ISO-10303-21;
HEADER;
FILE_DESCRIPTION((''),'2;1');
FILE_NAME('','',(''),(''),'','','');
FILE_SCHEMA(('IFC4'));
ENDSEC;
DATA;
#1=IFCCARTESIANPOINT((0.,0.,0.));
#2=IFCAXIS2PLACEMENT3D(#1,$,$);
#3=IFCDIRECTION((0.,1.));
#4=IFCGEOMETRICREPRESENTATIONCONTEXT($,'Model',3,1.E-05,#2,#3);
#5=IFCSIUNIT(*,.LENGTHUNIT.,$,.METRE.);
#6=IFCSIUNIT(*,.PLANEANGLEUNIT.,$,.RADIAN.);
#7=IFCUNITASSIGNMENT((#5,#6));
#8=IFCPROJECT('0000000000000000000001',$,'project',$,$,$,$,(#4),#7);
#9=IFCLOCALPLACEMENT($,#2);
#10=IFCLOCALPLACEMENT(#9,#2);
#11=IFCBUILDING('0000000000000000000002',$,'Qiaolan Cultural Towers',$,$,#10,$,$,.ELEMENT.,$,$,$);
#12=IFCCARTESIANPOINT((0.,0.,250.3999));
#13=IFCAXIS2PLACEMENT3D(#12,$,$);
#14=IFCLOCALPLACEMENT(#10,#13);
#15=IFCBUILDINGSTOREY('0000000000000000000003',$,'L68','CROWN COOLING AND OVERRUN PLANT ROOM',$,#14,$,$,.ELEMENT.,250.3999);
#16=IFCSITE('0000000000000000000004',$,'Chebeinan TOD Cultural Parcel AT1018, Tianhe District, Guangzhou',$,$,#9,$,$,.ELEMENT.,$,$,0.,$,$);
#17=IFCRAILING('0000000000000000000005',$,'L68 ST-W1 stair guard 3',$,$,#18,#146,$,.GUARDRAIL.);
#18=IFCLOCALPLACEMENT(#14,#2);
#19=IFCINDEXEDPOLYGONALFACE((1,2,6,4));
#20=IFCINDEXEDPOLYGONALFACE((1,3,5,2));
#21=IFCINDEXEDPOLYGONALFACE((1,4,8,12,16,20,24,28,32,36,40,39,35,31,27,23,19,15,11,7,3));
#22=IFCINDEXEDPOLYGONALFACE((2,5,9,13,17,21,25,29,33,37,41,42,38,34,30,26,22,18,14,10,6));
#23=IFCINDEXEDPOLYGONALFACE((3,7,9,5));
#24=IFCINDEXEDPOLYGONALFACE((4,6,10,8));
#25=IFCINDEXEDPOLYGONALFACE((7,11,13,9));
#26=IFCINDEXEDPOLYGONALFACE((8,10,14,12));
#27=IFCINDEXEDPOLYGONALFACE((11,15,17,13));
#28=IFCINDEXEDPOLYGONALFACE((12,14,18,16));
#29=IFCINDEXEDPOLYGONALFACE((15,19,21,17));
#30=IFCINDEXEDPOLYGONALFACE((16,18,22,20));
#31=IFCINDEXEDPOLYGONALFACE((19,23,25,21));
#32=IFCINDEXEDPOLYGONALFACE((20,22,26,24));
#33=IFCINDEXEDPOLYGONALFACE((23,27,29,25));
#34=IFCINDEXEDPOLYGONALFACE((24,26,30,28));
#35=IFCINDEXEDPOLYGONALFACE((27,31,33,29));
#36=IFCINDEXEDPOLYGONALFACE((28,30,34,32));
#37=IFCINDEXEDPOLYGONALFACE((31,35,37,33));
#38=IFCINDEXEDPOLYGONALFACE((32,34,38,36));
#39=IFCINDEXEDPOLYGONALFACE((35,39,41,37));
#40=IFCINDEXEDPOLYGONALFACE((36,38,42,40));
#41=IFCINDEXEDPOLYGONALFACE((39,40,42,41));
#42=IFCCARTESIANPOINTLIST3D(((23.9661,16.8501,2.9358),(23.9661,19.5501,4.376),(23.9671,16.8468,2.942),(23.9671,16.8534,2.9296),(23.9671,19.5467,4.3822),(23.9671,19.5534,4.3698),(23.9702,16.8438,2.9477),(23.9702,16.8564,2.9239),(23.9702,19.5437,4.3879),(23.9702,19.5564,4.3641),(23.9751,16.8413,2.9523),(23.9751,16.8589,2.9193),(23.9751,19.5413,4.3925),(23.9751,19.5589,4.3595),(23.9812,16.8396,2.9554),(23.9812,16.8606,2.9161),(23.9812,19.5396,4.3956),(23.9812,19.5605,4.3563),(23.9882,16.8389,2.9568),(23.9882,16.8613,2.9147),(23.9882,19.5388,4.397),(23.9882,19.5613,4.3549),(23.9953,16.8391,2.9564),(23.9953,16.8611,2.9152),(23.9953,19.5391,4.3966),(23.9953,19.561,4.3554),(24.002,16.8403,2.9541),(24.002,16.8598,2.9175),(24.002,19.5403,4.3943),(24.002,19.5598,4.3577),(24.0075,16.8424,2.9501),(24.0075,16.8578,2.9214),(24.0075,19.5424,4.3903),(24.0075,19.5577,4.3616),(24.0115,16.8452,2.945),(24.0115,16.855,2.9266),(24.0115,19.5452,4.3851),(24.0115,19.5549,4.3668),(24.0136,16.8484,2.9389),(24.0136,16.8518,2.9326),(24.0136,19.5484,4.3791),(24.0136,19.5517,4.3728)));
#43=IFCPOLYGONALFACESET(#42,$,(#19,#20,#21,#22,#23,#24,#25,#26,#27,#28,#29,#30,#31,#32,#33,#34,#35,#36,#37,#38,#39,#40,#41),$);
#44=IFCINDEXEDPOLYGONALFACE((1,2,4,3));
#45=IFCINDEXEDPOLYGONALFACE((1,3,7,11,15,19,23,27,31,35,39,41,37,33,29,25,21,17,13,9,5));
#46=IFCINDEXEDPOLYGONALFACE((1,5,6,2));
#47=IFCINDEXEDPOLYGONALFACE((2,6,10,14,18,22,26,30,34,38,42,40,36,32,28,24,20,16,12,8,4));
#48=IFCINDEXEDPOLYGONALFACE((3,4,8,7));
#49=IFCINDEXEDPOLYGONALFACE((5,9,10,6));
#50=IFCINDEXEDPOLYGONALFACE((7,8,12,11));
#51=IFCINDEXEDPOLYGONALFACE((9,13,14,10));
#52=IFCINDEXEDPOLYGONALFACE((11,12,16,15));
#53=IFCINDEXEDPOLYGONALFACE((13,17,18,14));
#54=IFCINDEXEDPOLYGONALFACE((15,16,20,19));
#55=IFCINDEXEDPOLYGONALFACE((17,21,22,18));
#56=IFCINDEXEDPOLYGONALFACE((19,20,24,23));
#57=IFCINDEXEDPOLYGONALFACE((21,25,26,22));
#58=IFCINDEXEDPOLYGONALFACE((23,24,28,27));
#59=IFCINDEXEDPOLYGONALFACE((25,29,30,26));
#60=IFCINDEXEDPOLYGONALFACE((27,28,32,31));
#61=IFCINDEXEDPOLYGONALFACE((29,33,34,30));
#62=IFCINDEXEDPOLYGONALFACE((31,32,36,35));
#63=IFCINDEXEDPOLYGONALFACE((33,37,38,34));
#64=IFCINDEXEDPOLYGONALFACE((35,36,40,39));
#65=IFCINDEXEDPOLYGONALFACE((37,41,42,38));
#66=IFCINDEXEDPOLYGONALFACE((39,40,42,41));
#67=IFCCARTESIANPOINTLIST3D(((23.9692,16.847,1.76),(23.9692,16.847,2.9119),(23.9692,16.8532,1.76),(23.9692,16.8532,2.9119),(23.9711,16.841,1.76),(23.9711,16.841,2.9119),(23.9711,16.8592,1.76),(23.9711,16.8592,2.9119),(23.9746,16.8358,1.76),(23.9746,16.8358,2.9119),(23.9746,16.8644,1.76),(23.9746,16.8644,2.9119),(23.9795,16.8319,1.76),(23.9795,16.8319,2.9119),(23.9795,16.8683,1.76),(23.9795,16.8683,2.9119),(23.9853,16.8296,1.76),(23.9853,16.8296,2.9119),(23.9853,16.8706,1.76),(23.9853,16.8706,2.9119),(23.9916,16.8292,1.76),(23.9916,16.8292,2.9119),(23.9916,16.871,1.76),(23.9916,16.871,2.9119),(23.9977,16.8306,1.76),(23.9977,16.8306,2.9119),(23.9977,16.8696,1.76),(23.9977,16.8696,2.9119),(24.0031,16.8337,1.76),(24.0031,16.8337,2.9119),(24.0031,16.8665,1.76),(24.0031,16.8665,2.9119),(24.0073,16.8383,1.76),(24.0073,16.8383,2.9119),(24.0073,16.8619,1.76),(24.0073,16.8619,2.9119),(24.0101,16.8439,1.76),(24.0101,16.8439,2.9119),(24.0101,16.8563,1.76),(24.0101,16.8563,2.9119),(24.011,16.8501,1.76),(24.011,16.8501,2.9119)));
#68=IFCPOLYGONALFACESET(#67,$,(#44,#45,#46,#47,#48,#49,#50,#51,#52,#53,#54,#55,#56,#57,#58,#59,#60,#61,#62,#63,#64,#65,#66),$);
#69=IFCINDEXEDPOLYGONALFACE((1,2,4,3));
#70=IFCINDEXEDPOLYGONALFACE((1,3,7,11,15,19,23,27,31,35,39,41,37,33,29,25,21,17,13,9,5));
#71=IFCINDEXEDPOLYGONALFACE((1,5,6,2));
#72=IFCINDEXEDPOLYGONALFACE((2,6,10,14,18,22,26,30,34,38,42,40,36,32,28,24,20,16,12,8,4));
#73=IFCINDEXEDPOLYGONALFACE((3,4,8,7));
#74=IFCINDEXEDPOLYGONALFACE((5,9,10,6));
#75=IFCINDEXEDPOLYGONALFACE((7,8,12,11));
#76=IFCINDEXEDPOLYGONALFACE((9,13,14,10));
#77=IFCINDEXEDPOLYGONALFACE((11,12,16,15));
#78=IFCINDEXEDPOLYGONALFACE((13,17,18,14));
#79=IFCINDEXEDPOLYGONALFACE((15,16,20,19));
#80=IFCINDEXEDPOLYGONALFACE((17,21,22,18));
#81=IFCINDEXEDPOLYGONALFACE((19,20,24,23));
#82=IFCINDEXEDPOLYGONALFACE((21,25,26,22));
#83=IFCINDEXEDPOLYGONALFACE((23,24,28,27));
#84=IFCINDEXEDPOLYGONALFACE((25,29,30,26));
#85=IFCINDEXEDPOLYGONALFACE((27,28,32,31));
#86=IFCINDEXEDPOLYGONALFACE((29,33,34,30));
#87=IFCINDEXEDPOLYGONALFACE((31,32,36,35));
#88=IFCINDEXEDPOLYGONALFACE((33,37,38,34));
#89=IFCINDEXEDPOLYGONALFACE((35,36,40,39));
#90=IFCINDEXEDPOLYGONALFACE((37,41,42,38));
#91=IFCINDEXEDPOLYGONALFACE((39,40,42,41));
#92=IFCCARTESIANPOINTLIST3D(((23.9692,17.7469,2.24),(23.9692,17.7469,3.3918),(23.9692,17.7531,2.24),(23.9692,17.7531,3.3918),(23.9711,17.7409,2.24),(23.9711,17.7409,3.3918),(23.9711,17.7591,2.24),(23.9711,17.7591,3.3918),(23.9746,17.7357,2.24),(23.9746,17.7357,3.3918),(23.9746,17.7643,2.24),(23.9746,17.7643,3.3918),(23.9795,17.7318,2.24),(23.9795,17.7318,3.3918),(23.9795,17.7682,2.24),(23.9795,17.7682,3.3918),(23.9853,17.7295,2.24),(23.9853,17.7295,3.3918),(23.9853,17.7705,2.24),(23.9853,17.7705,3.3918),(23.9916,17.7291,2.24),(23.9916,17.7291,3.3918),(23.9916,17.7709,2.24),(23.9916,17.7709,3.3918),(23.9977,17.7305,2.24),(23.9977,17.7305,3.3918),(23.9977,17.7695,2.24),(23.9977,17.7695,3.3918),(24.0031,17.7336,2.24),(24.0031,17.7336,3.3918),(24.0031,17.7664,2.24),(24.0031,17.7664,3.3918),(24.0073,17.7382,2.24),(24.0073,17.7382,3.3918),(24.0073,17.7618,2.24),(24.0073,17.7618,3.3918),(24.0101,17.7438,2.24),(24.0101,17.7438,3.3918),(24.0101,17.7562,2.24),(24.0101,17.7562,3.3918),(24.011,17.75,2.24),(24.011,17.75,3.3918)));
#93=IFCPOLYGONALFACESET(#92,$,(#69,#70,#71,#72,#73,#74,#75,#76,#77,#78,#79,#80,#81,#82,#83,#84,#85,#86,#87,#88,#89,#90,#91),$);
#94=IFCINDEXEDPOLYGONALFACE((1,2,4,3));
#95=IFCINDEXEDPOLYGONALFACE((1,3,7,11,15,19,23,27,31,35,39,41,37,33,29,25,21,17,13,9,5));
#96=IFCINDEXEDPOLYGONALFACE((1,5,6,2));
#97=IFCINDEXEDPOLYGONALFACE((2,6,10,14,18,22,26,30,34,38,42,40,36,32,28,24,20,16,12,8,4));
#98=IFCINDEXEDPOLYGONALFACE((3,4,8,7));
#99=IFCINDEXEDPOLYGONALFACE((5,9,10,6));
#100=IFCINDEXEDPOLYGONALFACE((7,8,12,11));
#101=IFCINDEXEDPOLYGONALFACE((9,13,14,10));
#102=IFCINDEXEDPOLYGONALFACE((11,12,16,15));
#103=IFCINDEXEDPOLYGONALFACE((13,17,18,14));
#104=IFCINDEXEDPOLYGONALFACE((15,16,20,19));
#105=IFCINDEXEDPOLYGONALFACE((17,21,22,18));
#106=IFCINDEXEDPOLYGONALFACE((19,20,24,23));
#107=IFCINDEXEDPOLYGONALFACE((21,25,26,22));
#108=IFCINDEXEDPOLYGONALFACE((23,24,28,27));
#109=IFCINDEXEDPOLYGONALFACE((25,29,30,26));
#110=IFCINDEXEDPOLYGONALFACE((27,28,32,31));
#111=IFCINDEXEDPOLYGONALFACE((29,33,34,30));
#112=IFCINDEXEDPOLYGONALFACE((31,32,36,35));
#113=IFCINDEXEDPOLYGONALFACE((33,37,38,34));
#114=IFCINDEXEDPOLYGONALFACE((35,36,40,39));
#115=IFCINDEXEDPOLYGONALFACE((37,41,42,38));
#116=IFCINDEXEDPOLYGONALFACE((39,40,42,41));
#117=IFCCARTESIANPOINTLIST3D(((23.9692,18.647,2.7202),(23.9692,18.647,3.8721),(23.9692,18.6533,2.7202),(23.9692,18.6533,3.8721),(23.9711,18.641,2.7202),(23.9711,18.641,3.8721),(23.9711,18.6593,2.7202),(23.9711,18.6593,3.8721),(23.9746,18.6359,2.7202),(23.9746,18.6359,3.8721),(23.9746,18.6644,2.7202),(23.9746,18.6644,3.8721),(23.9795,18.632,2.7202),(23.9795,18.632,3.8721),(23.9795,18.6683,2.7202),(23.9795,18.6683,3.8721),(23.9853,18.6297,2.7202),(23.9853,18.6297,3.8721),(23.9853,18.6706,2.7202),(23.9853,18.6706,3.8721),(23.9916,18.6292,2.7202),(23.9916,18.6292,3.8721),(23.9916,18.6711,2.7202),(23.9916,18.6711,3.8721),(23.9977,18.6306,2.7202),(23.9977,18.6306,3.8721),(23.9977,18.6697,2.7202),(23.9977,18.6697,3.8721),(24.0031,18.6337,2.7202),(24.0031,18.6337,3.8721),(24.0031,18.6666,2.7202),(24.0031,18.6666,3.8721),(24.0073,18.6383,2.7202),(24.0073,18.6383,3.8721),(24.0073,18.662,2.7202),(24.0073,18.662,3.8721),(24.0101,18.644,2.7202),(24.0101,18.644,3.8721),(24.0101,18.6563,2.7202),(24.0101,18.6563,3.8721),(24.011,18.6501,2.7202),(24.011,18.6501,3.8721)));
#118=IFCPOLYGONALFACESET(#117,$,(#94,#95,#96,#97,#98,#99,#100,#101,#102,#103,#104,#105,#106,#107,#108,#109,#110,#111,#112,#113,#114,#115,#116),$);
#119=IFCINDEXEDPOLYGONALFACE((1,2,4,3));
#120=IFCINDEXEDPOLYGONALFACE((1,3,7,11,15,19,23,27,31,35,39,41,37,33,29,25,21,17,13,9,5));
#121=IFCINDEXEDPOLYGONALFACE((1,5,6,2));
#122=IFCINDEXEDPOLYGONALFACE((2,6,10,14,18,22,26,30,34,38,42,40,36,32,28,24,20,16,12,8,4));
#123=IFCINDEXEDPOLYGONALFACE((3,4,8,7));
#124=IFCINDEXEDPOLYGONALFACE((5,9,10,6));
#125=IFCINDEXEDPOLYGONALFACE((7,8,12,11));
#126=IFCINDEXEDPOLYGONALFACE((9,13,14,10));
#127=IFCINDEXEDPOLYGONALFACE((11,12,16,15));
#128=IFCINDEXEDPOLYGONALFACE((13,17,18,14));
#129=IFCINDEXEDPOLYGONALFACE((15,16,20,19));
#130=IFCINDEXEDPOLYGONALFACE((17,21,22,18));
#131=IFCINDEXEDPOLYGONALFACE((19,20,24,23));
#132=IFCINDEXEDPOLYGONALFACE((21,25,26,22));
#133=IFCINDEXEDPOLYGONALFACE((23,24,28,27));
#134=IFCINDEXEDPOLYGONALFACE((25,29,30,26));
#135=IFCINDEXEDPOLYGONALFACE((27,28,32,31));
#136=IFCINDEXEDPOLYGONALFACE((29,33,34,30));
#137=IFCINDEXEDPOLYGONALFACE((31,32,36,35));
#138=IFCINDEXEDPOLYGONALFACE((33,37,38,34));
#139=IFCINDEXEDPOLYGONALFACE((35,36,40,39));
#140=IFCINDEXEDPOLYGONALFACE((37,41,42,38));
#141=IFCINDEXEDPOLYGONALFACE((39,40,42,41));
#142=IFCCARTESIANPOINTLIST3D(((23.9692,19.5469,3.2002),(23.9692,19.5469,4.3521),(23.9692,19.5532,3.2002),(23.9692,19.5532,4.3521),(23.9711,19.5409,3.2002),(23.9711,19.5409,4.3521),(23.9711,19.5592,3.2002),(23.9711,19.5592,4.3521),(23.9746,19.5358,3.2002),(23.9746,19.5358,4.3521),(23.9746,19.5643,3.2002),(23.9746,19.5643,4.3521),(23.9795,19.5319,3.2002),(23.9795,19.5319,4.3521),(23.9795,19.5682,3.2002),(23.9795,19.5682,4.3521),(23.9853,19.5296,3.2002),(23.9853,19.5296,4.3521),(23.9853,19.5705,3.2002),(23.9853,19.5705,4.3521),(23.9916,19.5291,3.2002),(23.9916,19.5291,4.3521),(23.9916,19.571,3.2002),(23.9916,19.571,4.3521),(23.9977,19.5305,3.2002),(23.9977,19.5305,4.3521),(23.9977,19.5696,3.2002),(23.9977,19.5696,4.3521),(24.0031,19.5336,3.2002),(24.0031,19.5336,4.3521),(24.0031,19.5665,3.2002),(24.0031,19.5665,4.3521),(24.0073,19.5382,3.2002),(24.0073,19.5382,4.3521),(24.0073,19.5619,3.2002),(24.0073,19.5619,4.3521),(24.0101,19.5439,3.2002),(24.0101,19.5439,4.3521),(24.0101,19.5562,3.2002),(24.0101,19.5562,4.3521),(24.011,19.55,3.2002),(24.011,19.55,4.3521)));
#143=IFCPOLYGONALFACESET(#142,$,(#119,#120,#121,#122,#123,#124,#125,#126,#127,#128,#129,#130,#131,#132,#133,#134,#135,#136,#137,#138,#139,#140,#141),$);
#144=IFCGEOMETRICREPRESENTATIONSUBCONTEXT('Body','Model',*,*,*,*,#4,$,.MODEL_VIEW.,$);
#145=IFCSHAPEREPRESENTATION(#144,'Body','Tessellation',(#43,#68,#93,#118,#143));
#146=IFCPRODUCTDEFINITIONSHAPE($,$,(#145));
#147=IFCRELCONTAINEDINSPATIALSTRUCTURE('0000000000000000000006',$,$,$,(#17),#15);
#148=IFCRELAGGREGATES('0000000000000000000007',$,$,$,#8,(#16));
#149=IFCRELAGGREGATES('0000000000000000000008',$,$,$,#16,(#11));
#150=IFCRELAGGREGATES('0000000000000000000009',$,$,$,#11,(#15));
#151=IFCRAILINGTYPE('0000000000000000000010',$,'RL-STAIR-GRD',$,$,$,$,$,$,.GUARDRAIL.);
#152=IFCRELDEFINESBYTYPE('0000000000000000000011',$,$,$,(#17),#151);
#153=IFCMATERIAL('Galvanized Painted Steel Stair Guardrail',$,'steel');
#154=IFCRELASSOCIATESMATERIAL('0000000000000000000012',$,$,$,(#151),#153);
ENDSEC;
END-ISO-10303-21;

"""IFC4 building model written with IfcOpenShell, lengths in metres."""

from ifc_helpers import new_model, si_unit, direction, frame, origin, origin_2d, place, context, subcontext, project, spatial, circle, extrude, material, type_object, element, save


model = new_model("IFC4")

# Units and contexts
model_context = context("Model", 3, precision=1e-05, world=origin(), true_north=direction((0.0, 1.0)))
body_context = subcontext(model_context, "Body", "Model", "MODEL_VIEW")
ifc_project = project(units=[si_unit("LENGTHUNIT", "METRE"), si_unit("PLANEANGLEUNIT", "RADIAN")], contexts=[model_context])

# Site, building, storey
site_placement = place(None, origin())
site = spatial("IfcSite", under=ifc_project, at=site_placement, Name="Chebeinan TOD Cultural Parcel AT1018, Tianhe District, Guangzhou", CompositionType="ELEMENT", RefElevation=0.0)
building_placement = place(site_placement, origin())
building = spatial("IfcBuilding", under=site, at=building_placement, Name="Qiaolan Cultural Towers", CompositionType="ELEMENT")
storey_placement = place(building_placement, frame((0.0, 0.0, 250.3999)))
storey = spatial("IfcBuildingStorey", under=building, at=storey_placement, Name="L68", Description="CROWN COOLING AND OVERRUN PLANT ROOM", CompositionType="ELEMENT", Elevation=250.3999)

# Railing
ifc_material_1 = material(Name="Galvanized Painted Steel Stair Guardrail", Category="steel")
railing_type_1 = type_object("IfcRailingType", Name="RL-STAIR-GRD", PredefinedType="GUARDRAIL", material=ifc_material_1)
railing_1_placement = place(storey_placement, frame((23.99, 16.8501, 1.76)))
element("IfcRailing", 1, at=railing_1_placement, inside=storey, type_object=railing_type_1, Name="L68 ST-W1 stair guard 3", PredefinedType="GUARDRAIL", context=body_context, shape_type="SweptSolid", body=[
    extrude(circle(Radius=0.0239, at=origin_2d()), frame((0.0, 0.0, 1.1758), z_axis=(0.0, 0.882324, 0.470642), x_axis=(-1.0, 0.0, 0.0)), (0.0, 0.0, 1.0), 3.0601),
    extrude(circle(Radius=0.021, at=origin_2d()), origin(), (0.0, 0.0, 1.0), 1.1519),
    extrude(circle(Radius=0.021, at=origin_2d()), frame((0.0, 0.8999, 0.48)), (0.0, 0.0, 1.0), 1.1519),
    extrude(circle(Radius=0.021, at=origin_2d()), frame((0.0, 1.8, 0.9602)), (0.0, 0.0, 1.0), 1.1519),
    extrude(circle(Radius=0.021, at=origin_2d()), frame((0.0, 2.7, 1.4402)), (0.0, 0.0, 1.0), 1.1519),
])

save(model, "model.ifc")
